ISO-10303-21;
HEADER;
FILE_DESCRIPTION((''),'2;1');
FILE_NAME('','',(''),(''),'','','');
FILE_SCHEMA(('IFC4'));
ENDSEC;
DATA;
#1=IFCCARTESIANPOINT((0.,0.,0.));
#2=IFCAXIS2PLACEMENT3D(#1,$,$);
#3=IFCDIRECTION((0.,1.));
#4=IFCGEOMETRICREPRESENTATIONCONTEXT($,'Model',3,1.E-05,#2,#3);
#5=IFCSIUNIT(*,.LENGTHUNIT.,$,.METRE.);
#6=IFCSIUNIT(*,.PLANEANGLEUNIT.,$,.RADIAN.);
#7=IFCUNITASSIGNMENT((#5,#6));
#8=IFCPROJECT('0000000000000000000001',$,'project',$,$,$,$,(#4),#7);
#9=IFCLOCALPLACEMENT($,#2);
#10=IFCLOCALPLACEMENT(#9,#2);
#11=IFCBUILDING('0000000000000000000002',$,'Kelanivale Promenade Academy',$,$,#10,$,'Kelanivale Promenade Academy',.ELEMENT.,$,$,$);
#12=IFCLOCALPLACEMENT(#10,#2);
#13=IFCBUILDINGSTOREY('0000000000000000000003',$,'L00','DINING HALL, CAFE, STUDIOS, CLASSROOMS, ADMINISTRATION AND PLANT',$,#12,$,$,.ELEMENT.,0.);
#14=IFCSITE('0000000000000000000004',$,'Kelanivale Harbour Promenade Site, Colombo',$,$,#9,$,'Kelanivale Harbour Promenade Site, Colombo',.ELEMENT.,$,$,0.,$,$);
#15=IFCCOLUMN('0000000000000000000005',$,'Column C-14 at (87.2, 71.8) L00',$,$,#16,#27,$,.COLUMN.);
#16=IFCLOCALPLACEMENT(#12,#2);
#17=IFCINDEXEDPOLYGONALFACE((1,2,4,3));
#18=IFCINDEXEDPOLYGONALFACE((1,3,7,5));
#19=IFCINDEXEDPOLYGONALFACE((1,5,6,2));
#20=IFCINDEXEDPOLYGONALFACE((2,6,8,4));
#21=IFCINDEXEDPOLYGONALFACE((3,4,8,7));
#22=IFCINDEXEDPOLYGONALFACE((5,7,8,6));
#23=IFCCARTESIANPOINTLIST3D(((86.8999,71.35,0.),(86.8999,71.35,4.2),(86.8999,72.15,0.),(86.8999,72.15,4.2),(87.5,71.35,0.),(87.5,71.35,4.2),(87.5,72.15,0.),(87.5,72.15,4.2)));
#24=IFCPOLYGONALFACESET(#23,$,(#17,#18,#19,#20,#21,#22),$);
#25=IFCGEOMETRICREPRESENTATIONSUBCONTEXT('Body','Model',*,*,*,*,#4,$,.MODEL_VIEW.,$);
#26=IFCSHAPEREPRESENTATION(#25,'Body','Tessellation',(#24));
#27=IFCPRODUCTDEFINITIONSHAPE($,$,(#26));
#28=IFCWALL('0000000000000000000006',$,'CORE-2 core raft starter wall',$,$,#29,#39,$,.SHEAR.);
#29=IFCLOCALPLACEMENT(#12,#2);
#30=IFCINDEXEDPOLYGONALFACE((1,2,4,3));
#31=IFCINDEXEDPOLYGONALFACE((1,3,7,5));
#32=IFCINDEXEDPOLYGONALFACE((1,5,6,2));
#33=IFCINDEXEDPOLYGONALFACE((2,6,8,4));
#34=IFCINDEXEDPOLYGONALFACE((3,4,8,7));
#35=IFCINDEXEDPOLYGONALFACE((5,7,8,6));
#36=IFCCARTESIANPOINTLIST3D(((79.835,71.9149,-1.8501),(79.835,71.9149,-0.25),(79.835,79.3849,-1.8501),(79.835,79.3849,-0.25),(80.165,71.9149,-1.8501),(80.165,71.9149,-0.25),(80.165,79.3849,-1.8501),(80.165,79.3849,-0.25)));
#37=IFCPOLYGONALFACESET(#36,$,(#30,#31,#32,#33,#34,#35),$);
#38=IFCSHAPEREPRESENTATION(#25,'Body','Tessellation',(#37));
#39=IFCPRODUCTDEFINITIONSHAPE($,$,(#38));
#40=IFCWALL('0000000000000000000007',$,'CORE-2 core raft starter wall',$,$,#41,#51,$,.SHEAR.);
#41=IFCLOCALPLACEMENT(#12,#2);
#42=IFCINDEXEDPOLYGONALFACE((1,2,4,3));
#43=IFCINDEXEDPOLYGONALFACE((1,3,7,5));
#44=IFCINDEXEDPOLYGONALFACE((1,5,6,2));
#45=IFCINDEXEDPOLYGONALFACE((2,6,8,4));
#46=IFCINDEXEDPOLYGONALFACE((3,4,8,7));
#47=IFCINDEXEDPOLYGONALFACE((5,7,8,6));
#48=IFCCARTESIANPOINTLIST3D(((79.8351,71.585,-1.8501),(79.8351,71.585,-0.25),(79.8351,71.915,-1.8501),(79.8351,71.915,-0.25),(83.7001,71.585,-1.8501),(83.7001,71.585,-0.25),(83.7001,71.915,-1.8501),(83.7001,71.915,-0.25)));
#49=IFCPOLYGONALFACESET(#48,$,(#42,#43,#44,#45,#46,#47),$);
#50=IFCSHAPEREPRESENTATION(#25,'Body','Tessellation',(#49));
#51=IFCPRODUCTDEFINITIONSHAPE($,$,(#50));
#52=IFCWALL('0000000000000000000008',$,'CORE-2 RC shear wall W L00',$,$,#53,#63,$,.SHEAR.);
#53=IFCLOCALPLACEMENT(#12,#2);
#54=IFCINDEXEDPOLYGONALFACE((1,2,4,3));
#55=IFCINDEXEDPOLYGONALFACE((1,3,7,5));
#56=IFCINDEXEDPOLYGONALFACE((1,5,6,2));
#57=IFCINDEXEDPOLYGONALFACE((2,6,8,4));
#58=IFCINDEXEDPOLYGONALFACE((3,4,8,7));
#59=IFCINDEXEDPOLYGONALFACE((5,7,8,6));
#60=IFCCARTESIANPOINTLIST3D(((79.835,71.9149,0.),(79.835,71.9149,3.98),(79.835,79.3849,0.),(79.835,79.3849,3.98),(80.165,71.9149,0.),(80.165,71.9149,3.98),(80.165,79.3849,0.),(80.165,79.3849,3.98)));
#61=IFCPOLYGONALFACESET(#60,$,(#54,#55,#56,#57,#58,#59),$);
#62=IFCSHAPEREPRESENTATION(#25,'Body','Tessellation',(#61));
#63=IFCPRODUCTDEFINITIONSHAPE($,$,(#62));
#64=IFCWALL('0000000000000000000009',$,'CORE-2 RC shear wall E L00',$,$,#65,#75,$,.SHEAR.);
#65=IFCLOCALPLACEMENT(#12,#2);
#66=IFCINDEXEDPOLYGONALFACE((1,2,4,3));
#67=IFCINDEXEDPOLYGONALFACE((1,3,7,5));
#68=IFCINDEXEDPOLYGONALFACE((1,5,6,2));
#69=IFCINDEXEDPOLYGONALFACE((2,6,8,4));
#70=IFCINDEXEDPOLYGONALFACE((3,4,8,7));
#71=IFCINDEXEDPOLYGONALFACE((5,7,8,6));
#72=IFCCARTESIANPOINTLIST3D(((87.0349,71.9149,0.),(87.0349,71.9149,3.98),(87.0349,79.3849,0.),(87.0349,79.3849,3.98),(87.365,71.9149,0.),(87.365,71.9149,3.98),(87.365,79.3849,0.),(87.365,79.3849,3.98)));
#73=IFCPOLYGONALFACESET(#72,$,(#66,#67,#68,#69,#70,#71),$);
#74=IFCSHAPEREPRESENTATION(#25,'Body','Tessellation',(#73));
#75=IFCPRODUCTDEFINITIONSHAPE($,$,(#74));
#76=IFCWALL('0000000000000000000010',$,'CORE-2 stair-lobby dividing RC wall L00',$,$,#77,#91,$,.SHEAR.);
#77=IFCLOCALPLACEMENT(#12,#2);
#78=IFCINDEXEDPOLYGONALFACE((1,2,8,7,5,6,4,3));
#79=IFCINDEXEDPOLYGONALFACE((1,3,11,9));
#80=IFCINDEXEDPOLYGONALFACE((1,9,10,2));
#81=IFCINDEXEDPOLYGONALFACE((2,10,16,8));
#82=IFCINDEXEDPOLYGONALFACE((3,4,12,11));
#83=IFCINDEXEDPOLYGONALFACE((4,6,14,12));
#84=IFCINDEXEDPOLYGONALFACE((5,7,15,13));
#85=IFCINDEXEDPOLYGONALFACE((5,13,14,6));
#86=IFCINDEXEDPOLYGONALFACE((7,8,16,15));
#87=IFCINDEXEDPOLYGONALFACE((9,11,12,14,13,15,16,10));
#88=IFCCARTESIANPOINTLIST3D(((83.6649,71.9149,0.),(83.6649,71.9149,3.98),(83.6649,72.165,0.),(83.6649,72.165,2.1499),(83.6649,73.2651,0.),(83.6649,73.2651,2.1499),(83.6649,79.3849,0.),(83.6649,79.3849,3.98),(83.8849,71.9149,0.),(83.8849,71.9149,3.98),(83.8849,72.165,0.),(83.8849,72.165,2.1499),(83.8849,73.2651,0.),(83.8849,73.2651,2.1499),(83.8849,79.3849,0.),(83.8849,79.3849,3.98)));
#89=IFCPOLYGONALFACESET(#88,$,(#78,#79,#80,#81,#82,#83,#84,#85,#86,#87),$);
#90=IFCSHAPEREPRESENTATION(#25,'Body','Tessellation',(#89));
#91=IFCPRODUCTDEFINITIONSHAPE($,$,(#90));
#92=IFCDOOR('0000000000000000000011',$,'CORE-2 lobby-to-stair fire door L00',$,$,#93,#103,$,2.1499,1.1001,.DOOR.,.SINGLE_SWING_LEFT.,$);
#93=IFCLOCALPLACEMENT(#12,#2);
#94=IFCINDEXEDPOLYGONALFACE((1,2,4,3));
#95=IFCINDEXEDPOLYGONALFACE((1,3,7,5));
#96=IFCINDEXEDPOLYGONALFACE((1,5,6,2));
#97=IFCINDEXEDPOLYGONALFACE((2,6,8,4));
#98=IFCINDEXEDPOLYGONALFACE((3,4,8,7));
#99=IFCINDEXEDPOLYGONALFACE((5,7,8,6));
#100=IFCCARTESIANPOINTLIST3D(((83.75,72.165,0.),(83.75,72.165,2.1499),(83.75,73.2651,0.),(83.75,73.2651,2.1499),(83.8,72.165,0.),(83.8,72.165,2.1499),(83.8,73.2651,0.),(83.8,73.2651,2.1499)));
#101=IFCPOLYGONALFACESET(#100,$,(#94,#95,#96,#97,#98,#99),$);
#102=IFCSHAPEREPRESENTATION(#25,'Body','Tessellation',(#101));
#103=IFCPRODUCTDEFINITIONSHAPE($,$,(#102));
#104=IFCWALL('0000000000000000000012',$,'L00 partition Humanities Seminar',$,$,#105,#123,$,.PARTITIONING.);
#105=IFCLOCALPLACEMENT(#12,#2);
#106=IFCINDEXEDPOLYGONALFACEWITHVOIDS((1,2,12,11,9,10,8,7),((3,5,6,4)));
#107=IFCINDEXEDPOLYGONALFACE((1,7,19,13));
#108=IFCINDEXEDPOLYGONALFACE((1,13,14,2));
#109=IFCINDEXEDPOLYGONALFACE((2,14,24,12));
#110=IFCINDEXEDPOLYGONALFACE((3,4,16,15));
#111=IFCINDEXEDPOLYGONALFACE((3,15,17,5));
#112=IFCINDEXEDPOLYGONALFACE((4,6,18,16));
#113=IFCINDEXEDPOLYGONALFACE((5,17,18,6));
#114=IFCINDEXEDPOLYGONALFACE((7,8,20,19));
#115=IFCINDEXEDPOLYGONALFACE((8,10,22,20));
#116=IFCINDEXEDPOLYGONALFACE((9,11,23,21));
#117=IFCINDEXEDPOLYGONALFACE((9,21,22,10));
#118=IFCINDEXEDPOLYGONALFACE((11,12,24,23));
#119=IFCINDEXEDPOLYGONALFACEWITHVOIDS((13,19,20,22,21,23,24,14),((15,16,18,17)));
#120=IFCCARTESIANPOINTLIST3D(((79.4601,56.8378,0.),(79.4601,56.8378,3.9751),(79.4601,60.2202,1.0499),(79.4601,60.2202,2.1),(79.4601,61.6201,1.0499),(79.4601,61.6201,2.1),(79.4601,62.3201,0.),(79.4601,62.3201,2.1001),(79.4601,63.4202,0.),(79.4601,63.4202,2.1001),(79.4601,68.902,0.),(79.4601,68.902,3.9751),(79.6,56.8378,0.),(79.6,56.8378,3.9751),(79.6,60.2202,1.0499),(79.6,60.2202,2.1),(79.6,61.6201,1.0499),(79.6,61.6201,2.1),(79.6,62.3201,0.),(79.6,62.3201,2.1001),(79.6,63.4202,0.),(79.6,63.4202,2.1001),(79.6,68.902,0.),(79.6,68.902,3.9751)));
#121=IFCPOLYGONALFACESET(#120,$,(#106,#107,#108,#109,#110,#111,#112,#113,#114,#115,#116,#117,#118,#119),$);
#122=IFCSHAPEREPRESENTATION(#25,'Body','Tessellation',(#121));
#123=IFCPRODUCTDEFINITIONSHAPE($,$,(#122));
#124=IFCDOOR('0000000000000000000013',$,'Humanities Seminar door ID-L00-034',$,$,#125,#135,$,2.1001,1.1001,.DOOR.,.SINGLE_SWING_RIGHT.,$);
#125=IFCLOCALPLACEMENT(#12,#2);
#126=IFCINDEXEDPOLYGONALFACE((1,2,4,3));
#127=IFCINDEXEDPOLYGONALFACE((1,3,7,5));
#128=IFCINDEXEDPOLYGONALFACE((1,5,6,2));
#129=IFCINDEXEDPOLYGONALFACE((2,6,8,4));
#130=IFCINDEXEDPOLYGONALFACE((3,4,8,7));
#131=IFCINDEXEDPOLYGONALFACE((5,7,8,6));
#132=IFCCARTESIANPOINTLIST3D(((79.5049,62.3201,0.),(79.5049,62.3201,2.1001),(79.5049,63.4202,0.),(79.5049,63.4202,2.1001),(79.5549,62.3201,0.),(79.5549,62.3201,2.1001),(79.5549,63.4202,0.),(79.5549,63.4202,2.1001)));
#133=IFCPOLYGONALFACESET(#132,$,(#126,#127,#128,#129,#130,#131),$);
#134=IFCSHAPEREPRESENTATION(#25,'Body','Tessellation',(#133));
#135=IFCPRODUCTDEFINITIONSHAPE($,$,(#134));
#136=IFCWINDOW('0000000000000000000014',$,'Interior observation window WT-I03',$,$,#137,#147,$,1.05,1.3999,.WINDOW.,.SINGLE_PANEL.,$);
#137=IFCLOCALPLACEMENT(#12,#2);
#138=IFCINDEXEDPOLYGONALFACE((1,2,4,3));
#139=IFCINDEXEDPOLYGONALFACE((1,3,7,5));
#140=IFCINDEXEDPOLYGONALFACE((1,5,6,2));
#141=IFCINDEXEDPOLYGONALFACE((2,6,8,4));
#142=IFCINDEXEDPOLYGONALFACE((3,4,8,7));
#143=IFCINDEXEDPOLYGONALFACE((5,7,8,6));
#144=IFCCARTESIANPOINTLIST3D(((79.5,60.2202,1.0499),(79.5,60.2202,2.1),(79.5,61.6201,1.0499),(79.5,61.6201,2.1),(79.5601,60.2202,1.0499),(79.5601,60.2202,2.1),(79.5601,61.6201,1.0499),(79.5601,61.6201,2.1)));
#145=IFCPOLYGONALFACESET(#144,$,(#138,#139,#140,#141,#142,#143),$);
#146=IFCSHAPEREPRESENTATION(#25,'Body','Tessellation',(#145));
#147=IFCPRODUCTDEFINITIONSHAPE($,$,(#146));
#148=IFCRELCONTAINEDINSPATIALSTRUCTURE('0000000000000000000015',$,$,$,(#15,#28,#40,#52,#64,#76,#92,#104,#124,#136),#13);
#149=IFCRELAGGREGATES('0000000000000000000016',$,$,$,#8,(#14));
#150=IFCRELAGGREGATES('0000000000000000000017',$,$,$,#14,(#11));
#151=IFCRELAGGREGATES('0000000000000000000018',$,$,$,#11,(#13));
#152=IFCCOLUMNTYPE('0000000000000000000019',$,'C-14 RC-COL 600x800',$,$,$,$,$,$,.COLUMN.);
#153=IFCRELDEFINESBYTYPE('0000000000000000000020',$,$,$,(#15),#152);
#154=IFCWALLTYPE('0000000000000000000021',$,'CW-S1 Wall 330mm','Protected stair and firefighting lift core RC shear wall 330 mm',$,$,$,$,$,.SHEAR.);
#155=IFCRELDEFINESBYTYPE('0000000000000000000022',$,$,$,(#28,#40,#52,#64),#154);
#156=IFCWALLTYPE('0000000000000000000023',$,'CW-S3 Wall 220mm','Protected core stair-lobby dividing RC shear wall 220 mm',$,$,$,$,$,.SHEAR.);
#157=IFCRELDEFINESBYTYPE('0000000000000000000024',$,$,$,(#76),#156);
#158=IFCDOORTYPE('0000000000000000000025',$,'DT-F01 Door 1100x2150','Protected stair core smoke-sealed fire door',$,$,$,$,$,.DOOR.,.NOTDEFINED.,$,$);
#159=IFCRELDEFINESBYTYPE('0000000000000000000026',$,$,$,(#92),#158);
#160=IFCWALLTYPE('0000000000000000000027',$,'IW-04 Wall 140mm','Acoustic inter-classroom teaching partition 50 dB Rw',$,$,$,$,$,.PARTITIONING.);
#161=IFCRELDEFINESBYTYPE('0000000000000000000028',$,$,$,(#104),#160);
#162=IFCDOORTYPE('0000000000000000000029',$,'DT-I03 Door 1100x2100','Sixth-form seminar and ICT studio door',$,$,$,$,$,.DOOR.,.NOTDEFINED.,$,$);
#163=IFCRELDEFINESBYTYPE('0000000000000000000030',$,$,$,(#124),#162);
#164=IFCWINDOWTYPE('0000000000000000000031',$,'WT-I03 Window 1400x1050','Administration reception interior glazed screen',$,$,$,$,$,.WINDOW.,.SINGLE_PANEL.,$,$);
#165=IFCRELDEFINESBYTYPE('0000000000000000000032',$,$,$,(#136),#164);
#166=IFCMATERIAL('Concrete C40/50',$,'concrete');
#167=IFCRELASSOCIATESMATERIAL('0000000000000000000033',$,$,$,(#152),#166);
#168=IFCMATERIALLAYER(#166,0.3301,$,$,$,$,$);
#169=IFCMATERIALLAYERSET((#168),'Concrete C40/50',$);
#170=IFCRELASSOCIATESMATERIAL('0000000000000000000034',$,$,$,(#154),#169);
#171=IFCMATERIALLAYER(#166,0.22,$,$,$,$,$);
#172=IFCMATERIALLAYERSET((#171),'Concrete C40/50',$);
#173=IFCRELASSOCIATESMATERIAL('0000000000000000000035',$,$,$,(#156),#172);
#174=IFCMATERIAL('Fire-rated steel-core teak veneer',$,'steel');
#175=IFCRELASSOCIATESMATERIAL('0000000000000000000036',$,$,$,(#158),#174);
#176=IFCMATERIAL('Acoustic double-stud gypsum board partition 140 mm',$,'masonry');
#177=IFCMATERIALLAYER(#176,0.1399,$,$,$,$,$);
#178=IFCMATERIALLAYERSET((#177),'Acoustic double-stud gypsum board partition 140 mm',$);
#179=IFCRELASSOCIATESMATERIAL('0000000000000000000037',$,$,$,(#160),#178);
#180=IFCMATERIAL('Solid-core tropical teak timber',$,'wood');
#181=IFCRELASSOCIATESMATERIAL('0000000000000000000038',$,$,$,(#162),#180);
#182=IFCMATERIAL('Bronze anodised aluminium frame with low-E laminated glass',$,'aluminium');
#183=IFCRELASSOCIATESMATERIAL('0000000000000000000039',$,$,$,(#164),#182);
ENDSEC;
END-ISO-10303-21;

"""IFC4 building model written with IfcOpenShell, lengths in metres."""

from ifc_helpers import new_model, si_unit, direction, frame, frame_2d, origin, origin_2d, place, context, subcontext, project, spatial, rectangle, extrude, material, layer, layer_set, material_profile, profile_set, type_object, element, fill, save


model = new_model("IFC4")

# Units and contexts
model_context = context("Model", 3, precision=1e-05, world=origin(), true_north=direction((0.0, 1.0)))
body_context = subcontext(model_context, "Body", "Model", "MODEL_VIEW")
ifc_project = project(units=[si_unit("LENGTHUNIT", "METRE"), si_unit("PLANEANGLEUNIT", "RADIAN")], contexts=[model_context])

# Site, building, storey
site_placement = place(None, origin())
site = spatial("IfcSite", under=ifc_project, at=site_placement, Name="Kelanivale Harbour Promenade Site, Colombo", LongName="Kelanivale Harbour Promenade Site, Colombo", CompositionType="ELEMENT", RefElevation=0.0)
building_placement = place(site_placement, origin())
building = spatial("IfcBuilding", under=site, at=building_placement, Name="Kelanivale Promenade Academy", LongName="Kelanivale Promenade Academy", CompositionType="ELEMENT")
storey_placement = place(building_placement, origin())
storey = spatial("IfcBuildingStorey", under=building, at=storey_placement, Name="L00", Description="DINING HALL, CAFE, STUDIOS, CLASSROOMS, ADMINISTRATION AND PLANT", CompositionType="ELEMENT", Elevation=0.0)

# Column
ifc_material_1 = material(Name="Concrete C40/50", Category="concrete")
ifc_material_profile_1 = material_profile(ifc_material_1, rectangle(XDim=0.6001, YDim=0.8, at=origin_2d()), Name="RC-COL 600x800")
ifc_profile_set_1 = profile_set([ifc_material_profile_1], Name="Concrete C40/50")
column_type_1 = type_object("IfcColumnType", Name="C-14 RC-COL 600x800", PredefinedType="COLUMN", material=ifc_profile_set_1)
column_1_placement = place(storey_placement, frame((87.2, 71.75, 0.0), z_axis=(0.0, 0.0, 1.0), x_axis=(1.0, 0.0, 0.0)))
element("IfcColumn", 1, at=column_1_placement, inside=storey, type_object=column_type_1, Name="Column C-14 at (87.2, 71.8) L00", PredefinedType="COLUMN", context=body_context, shape_type="SweptSolid", body=[
    extrude(rectangle(XDim=0.6001, YDim=0.8, at=origin_2d()), origin(), (0.0, 0.0, 1.0), 4.2),
])

# Walls
ifc_layer_1 = layer(ifc_material_1, 0.3301)
ifc_layer_set_1 = layer_set([ifc_layer_1], Name="Concrete C40/50")
wall_type_1 = type_object("IfcWallType", Name="CW-S1 Wall 330mm", Description="Protected stair and firefighting lift core RC shear wall 330 mm", PredefinedType="SHEAR", material=ifc_layer_set_1)
wall_1_placement = place(storey_placement, frame((80.0, 71.915, -1.8501), z_axis=(0.0, 0.0, 1.0), x_axis=(0.0, 1.0, 0.0)))
element("IfcWall", 2, at=wall_1_placement, inside=storey, type_object=wall_type_1, Name="CORE-2 core raft starter wall", PredefinedType="SHEAR", context=body_context, shape_type="SweptSolid", body=[
    extrude(rectangle(XDim=7.47, YDim=0.3301, at=frame_2d((3.7349, 0.0))), origin(), (0.0, 0.0, 1.0), 1.6001),
])
wall_2_placement = place(storey_placement, frame((79.835, 71.75, -1.8501), z_axis=(0.0, 0.0, 1.0), x_axis=(1.0, 0.0, 0.0)))
element("IfcWall", 3, at=wall_2_placement, inside=storey, type_object=wall_type_1, Name="CORE-2 core raft starter wall", PredefinedType="SHEAR", context=body_context, shape_type="SweptSolid", body=[
    extrude(rectangle(XDim=3.865, YDim=0.3301, at=frame_2d((1.9326, 0.0))), origin(), (0.0, 0.0, 1.0), 1.6001),
])

# Shared definitions
ifc_material_2 = material(Name="Fire-rated steel-core teak veneer", Category="steel")

# Walls
for number, where, z_axis, x_axis, name in (
    (4, (80.0, 71.915, 0.0), (0.0, 0.0, 1.0), (0.0, 1.0, 0.0), "CORE-2 RC shear wall W L00"),
    (5, (87.2, 71.915, 0.0), (0.0, 0.0, 1.0), (0.0, 1.0, 0.0), "CORE-2 RC shear wall E L00"),
):
    element("IfcWall", number, at=place(storey_placement, frame(where, z_axis=z_axis, x_axis=x_axis)), inside=storey, type_object=wall_type_1, Name=name, PredefinedType="SHEAR", context=body_context, shape_type="SweptSolid", body=[
        extrude(rectangle(XDim=7.47, YDim=0.3301, at=frame_2d((3.7349, 0.0))), origin(), (0.0, 0.0, 1.0), 3.98),
    ])

# Wall, opening, door
ifc_layer_2 = layer(ifc_material_1, 0.22)
ifc_layer_set_2 = layer_set([ifc_layer_2], Name="Concrete C40/50")
wall_type_2 = type_object("IfcWallType", Name="CW-S3 Wall 220mm", Description="Protected core stair-lobby dividing RC shear wall 220 mm", PredefinedType="SHEAR", material=ifc_layer_set_2)
wall_3_placement = place(storey_placement, frame((83.7749, 71.915, 0.0), z_axis=(0.0, 0.0, 1.0), x_axis=(0.0, 1.0, 0.0)))
wall_3 = element("IfcWall", 6, at=wall_3_placement, inside=storey, type_object=wall_type_2, Name="CORE-2 stair-lobby dividing RC wall L00", PredefinedType="SHEAR", context=body_context, shape_type="SweptSolid", body=[
    extrude(rectangle(XDim=7.47, YDim=0.22, at=frame_2d((3.7349, 0.0))), origin(), (0.0, 0.0, 1.0), 3.98),
])
opening_1_placement = place(wall_3_placement, frame((0.25, 0.0, 0.0)))
opening_1 = element("IfcOpeningElement", 7, at=opening_1_placement, cuts=wall_3, PredefinedType="OPENING", context=body_context, shape_type="SweptSolid", body=[
    extrude(rectangle(XDim=1.1001, YDim=2.1499, at=frame_2d((0.55, 1.075))), frame((0.0, 0.1201, 0.0), z_axis=(0.0, -1.0, 0.0), x_axis=(1.0, 0.0, 0.0)), (0.0, 0.0, 1.0), 0.24),
])
door_type_1 = type_object("IfcDoorType", Name="DT-F01 Door 1100x2150", Description="Protected stair core smoke-sealed fire door", OperationType="NOTDEFINED", PredefinedType="DOOR", material=ifc_material_2)
door_1_placement = place(opening_1_placement, origin())
door_1 = element("IfcDoor", 8, at=door_1_placement, inside=storey, type_object=door_type_1, Name="CORE-2 lobby-to-stair fire door L00", OperationType="SINGLE_SWING_LEFT", OverallHeight=2.1499, OverallWidth=1.1001, PredefinedType="DOOR", context=body_context, shape_type="SweptSolid", body=[
    extrude(rectangle(XDim=1.1001, YDim=2.1499, at=frame_2d((0.55, 1.075))), frame((0.0, 0.0249, 0.0), z_axis=(0.0, -1.0, 0.0), x_axis=(1.0, 0.0, 0.0)), (0.0, 0.0, 1.0), 0.05),
])
fill(opening_1, door_1)

# Wall, openings, door, window
ifc_material_3 = material(Name="Acoustic double-stud gypsum board partition 140 mm", Category="masonry")
ifc_layer_3 = layer(ifc_material_3, 0.1399)
ifc_layer_set_3 = layer_set([ifc_layer_3], Name="Acoustic double-stud gypsum board partition 140 mm")
wall_type_3 = type_object("IfcWallType", Name="IW-04 Wall 140mm", Description="Acoustic inter-classroom teaching partition 50 dB Rw", PredefinedType="PARTITIONING", material=ifc_layer_set_3)
wall_4_placement = place(storey_placement, frame((79.53, 68.9021, 0.0), z_axis=(0.0, 0.0, 1.0), x_axis=(0.0, -1.0, 0.0)))
wall_4 = element("IfcWall", 9, at=wall_4_placement, inside=storey, type_object=wall_type_3, Name="L00 partition Humanities Seminar", PredefinedType="PARTITIONING", context=body_context, shape_type="SweptSolid", body=[
    extrude(rectangle(XDim=12.0642, YDim=0.1399, at=frame_2d((6.0322, 0.0))), origin(), (0.0, 0.0, 1.0), 3.9751),
])
opening_2_placement = place(wall_4_placement, frame((5.4819, 0.0, 0.0)))
opening_2 = element("IfcOpeningElement", 10, at=opening_2_placement, cuts=wall_4, PredefinedType="OPENING", context=body_context, shape_type="SweptSolid", body=[
    extrude(rectangle(XDim=1.1001, YDim=2.1001, at=frame_2d((0.55, 1.05))), frame((0.0, 0.0801, 0.0), z_axis=(0.0, -1.0, 0.0), x_axis=(1.0, 0.0, 0.0)), (0.0, 0.0, 1.0), 0.1599),
])
opening_3_placement = place(wall_4_placement, frame((7.282, 0.0, 1.05)))
opening_3 = element("IfcOpeningElement", 11, at=opening_3_placement, cuts=wall_4, PredefinedType="OPENING", context=body_context, shape_type="SweptSolid", body=[
    extrude(rectangle(XDim=1.3999, YDim=1.05, at=frame_2d((0.7, 0.5249))), frame((0.0, 0.0801, 0.0), z_axis=(0.0, -1.0, 0.0), x_axis=(1.0, 0.0, 0.0)), (0.0, 0.0, 1.0), 0.1599),
])
ifc_material_4 = material(Name="Solid-core tropical teak timber", Category="wood")
door_type_2 = type_object("IfcDoorType", Name="DT-I03 Door 1100x2100", Description="Sixth-form seminar and ICT studio door", OperationType="NOTDEFINED", PredefinedType="DOOR", material=ifc_material_4)
door_2_placement = place(opening_2_placement, origin())
door_2 = element("IfcDoor", 12, at=door_2_placement, inside=storey, type_object=door_type_2, Name="Humanities Seminar door ID-L00-034", OperationType="SINGLE_SWING_RIGHT", OverallHeight=2.1001, OverallWidth=1.1001, PredefinedType="DOOR", context=body_context, shape_type="SweptSolid", body=[
    extrude(rectangle(XDim=1.1001, YDim=2.1001, at=frame_2d((0.55, 1.05))), frame((0.0, 0.0249, 0.0), z_axis=(0.0, -1.0, 0.0), x_axis=(1.0, 0.0, 0.0)), (0.0, 0.0, 1.0), 0.05),
])
fill(opening_2, door_2)
ifc_material_5 = material(Name="Bronze anodised aluminium frame with low-E laminated glass", Category="aluminium")
window_type = type_object("IfcWindowType", Name="WT-I03 Window 1400x1050", Description="Administration reception interior glazed screen", PartitioningType="SINGLE_PANEL", PredefinedType="WINDOW", material=ifc_material_5)
window_placement = place(opening_3_placement, origin())
window = element("IfcWindow", 13, at=window_placement, inside=storey, type_object=window_type, Name="Interior observation window WT-I03", OverallHeight=1.05, OverallWidth=1.3999, PartitioningType="SINGLE_PANEL", PredefinedType="WINDOW", context=body_context, shape_type="SweptSolid", body=[
    extrude(rectangle(XDim=1.3999, YDim=1.05, at=frame_2d((0.7, 0.5249))), frame((0.0, 0.03, 0.0), z_axis=(0.0, -1.0, 0.0), x_axis=(1.0, 0.0, 0.0)), (0.0, 0.0, 1.0), 0.0601),
])
fill(opening_3, window)

save(model, "model.ifc")
